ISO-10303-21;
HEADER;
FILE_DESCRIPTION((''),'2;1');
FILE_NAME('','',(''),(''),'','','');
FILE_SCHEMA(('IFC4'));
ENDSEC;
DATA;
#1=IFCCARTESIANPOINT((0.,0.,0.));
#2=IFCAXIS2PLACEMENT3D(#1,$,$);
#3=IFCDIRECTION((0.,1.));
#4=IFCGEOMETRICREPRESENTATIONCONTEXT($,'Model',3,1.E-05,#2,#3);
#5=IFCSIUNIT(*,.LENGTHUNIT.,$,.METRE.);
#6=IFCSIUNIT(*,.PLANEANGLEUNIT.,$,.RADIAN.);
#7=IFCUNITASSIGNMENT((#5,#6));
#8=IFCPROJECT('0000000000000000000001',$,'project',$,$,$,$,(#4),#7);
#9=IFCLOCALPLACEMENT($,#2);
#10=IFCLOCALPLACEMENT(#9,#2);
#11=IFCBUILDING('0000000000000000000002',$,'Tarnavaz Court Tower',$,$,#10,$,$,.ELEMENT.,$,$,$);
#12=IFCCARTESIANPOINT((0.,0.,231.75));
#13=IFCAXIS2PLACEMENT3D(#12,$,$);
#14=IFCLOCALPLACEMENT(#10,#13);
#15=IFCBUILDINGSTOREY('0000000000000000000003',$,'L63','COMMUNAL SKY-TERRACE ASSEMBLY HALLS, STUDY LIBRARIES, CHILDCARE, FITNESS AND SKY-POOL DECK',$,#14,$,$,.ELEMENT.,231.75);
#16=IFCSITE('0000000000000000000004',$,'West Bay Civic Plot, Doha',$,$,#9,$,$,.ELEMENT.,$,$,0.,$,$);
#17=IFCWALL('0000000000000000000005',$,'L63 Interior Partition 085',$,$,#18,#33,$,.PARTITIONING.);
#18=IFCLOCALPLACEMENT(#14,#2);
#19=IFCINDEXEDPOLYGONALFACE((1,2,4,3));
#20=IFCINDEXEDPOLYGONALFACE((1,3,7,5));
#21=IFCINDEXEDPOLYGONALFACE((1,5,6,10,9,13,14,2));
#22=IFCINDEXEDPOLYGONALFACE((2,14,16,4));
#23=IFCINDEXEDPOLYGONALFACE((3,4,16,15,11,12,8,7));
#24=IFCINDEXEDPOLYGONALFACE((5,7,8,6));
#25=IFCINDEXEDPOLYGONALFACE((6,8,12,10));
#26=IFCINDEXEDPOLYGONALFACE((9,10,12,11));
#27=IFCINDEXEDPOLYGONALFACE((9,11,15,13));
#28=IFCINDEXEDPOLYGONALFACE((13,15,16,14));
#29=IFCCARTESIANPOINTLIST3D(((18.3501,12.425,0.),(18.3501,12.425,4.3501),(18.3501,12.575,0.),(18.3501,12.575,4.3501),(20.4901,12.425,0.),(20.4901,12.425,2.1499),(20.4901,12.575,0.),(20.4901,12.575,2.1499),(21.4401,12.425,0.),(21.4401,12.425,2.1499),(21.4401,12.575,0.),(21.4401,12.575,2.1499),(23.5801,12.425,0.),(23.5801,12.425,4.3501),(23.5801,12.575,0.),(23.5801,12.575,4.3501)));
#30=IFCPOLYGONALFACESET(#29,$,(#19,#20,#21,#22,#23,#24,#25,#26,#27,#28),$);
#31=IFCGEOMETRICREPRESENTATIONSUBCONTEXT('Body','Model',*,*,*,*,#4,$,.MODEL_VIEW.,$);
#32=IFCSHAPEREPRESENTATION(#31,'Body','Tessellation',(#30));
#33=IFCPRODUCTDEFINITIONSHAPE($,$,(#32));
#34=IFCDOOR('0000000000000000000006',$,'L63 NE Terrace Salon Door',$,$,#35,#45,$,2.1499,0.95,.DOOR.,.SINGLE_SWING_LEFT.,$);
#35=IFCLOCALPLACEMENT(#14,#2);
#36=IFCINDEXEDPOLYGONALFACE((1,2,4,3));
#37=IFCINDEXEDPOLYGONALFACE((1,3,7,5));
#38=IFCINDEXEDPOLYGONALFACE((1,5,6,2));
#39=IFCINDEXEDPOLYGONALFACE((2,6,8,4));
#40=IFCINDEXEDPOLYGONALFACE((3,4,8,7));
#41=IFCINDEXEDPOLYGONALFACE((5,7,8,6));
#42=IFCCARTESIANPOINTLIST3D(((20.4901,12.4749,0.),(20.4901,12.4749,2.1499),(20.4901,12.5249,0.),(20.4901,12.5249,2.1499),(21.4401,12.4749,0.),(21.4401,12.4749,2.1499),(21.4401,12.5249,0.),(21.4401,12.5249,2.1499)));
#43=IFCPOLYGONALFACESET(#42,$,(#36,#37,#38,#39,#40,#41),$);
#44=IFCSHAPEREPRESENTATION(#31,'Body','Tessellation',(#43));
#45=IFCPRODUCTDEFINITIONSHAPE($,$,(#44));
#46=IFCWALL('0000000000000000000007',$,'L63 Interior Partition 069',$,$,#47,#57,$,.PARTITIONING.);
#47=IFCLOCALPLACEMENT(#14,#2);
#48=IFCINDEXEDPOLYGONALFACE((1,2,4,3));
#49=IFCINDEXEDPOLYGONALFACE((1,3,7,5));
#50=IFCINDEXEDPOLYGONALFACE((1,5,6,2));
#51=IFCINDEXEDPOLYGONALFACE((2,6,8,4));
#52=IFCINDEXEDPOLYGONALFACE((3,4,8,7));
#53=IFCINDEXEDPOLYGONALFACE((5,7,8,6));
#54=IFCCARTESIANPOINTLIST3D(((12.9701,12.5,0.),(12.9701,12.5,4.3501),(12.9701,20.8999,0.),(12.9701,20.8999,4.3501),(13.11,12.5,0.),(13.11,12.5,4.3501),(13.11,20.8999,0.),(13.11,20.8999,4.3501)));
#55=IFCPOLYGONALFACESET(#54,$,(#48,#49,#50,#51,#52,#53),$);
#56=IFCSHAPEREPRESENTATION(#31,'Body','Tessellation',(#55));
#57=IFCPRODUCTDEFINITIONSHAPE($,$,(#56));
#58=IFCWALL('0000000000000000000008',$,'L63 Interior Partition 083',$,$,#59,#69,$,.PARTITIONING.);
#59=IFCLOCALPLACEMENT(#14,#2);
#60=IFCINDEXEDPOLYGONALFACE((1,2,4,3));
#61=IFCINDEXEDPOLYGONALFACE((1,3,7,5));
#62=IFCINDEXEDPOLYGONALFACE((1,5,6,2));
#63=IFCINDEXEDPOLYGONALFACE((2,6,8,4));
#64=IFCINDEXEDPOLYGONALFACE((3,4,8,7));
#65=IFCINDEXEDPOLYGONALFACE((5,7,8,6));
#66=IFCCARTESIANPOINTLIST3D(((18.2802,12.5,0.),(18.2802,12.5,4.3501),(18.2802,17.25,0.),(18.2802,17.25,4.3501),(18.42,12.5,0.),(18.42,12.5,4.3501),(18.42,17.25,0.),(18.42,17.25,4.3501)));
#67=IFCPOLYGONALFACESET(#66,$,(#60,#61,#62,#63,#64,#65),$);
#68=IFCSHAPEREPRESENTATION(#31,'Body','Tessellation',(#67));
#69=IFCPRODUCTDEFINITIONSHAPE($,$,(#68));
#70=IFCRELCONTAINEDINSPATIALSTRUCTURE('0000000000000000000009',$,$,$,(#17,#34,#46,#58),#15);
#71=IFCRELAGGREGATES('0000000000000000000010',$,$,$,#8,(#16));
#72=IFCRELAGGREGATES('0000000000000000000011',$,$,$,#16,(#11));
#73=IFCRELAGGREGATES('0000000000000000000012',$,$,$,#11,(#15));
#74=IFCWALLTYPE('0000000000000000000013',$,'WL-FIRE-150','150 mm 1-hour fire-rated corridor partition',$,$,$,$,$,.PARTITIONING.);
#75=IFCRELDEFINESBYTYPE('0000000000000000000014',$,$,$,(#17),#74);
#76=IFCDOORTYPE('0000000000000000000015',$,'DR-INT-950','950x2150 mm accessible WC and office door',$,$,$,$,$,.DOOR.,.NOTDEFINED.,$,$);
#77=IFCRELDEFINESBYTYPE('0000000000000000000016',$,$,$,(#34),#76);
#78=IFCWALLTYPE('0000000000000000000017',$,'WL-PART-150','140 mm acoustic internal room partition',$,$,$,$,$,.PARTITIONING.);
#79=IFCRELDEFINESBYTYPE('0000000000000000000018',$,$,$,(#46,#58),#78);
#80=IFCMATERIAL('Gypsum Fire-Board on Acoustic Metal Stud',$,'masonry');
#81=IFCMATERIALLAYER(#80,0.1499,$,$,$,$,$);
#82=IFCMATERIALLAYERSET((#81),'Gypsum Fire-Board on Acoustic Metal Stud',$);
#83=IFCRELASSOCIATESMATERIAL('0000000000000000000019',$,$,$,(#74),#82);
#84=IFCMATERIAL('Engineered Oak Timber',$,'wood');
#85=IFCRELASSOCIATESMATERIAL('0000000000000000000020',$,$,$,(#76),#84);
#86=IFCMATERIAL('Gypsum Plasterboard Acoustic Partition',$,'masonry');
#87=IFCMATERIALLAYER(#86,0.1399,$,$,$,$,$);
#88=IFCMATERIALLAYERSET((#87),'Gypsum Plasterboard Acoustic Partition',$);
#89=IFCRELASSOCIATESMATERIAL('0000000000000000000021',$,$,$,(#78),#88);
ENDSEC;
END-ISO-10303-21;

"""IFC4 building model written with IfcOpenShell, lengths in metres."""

from ifc_helpers import new_model, si_unit, direction, frame, frame_2d, origin, place, context, subcontext, project, spatial, rectangle, extrude, material, layer, layer_set, type_object, element, fill, save


model = new_model("IFC4")

# Units and contexts
model_context = context("Model", 3, precision=1e-05, world=origin(), true_north=direction((0.0, 1.0)))
body_context = subcontext(model_context, "Body", "Model", "MODEL_VIEW")
ifc_project = project(units=[si_unit("LENGTHUNIT", "METRE"), si_unit("PLANEANGLEUNIT", "RADIAN")], contexts=[model_context])

# Site, building, storey
site_placement = place(None, origin())
site = spatial("IfcSite", under=ifc_project, at=site_placement, Name="West Bay Civic Plot, Doha", CompositionType="ELEMENT", RefElevation=0.0)
building_placement = place(site_placement, origin())
building = spatial("IfcBuilding", under=site, at=building_placement, Name="Tarnavaz Court Tower", CompositionType="ELEMENT")
storey_placement = place(building_placement, frame((0.0, 0.0, 231.75)))
storey = spatial("IfcBuildingStorey", under=building, at=storey_placement, Name="L63", Description="COMMUNAL SKY-TERRACE ASSEMBLY HALLS, STUDY LIBRARIES, CHILDCARE, FITNESS AND SKY-POOL DECK", CompositionType="ELEMENT", Elevation=231.75)

# Shared definitions
ifc_material_1 = material(Name="Gypsum Fire-Board on Acoustic Metal Stud", Category="masonry")
ifc_layer_1 = layer(ifc_material_1, 0.1499)
ifc_layer_set_1 = layer_set([ifc_layer_1], Name="Gypsum Fire-Board on Acoustic Metal Stud")
wall_type_1 = type_object("IfcWallType", Name="WL-FIRE-150", Description="150 mm 1-hour fire-rated corridor partition", PredefinedType="PARTITIONING", material=ifc_layer_set_1)

# Wall, opening, door
wall_1_placement = place(storey_placement, frame((18.3501, 12.5, 0.0), z_axis=(0.0, 0.0, 1.0), x_axis=(1.0, 0.0, 0.0)))
wall_1 = element("IfcWall", 1, at=wall_1_placement, inside=storey, type_object=wall_type_1, Name="L63 Interior Partition 085", PredefinedType="PARTITIONING", context=body_context, shape_type="SweptSolid", body=[
    extrude(rectangle(XDim=5.23, YDim=0.1499, at=frame_2d((2.615, 0.0))), origin(), (0.0, 0.0, 1.0), 4.3501),
])
opening_1_placement = place(wall_1_placement, frame((2.1399, 0.0, 0.0)))
opening_1 = element("IfcOpeningElement", 2, at=opening_1_placement, cuts=wall_1, PredefinedType="OPENING", context=body_context, shape_type="SweptSolid", body=[
    extrude(rectangle(XDim=0.95, YDim=2.1499, at=frame_2d((0.4751, 1.075))), frame((0.0, 0.085, 0.0), z_axis=(0.0, -1.0, 0.0), x_axis=(1.0, 0.0, 0.0)), (0.0, 0.0, 1.0), 0.1699),
])
ifc_material_2 = material(Name="Engineered Oak Timber", Category="wood")
door_type_1 = type_object("IfcDoorType", Name="DR-INT-950", Description="950x2150 mm accessible WC and office door", OperationType="NOTDEFINED", PredefinedType="DOOR", material=ifc_material_2)
door_1_placement = place(opening_1_placement, origin())
door_1 = element("IfcDoor", 3, at=door_1_placement, inside=storey, type_object=door_type_1, Name="L63 NE Terrace Salon Door", OperationType="SINGLE_SWING_LEFT", OverallHeight=2.1499, OverallWidth=0.95, PredefinedType="DOOR", context=body_context, shape_type="SweptSolid", body=[
    extrude(rectangle(XDim=0.95, YDim=2.1499, at=frame_2d((0.4751, 1.075))), frame((0.0, 0.0249, 0.0), z_axis=(0.0, -1.0, 0.0), x_axis=(1.0, 0.0, 0.0)), (0.0, 0.0, 1.0), 0.05),
])
fill(opening_1, door_1)

# Walls
ifc_material_3 = material(Name="Gypsum Plasterboard Acoustic Partition", Category="masonry")
ifc_layer_2 = layer(ifc_material_3, 0.1399)
ifc_layer_set_2 = layer_set([ifc_layer_2], Name="Gypsum Plasterboard Acoustic Partition")
wall_type_2 = type_object("IfcWallType", Name="WL-PART-150", Description="140 mm acoustic internal room partition", PredefinedType="PARTITIONING", material=ifc_layer_set_2)
wall_2_placement = place(storey_placement, frame((13.04, 12.5, 0.0), z_axis=(0.0, 0.0, 1.0), x_axis=(0.0, 1.0, 0.0)))
element("IfcWall", 4, at=wall_2_placement, inside=storey, type_object=wall_type_2, Name="L63 Interior Partition 069", PredefinedType="PARTITIONING", context=body_context, shape_type="SweptSolid", body=[
    extrude(rectangle(XDim=8.3999, YDim=0.1399, at=frame_2d((4.2, 0.0))), origin(), (0.0, 0.0, 1.0), 4.3501),
])
wall_3_placement = place(storey_placement, frame((18.3501, 12.5, 0.0), z_axis=(0.0, 0.0, 1.0), x_axis=(0.0, 1.0, 0.0)))
element("IfcWall", 5, at=wall_3_placement, inside=storey, type_object=wall_type_2, Name="L63 Interior Partition 083", PredefinedType="PARTITIONING", context=body_context, shape_type="SweptSolid", body=[
    extrude(rectangle(XDim=4.75, YDim=0.1399, at=frame_2d((2.375, 0.0))), origin(), (0.0, 0.0, 1.0), 4.3501),
])

save(model, "model.ifc")
